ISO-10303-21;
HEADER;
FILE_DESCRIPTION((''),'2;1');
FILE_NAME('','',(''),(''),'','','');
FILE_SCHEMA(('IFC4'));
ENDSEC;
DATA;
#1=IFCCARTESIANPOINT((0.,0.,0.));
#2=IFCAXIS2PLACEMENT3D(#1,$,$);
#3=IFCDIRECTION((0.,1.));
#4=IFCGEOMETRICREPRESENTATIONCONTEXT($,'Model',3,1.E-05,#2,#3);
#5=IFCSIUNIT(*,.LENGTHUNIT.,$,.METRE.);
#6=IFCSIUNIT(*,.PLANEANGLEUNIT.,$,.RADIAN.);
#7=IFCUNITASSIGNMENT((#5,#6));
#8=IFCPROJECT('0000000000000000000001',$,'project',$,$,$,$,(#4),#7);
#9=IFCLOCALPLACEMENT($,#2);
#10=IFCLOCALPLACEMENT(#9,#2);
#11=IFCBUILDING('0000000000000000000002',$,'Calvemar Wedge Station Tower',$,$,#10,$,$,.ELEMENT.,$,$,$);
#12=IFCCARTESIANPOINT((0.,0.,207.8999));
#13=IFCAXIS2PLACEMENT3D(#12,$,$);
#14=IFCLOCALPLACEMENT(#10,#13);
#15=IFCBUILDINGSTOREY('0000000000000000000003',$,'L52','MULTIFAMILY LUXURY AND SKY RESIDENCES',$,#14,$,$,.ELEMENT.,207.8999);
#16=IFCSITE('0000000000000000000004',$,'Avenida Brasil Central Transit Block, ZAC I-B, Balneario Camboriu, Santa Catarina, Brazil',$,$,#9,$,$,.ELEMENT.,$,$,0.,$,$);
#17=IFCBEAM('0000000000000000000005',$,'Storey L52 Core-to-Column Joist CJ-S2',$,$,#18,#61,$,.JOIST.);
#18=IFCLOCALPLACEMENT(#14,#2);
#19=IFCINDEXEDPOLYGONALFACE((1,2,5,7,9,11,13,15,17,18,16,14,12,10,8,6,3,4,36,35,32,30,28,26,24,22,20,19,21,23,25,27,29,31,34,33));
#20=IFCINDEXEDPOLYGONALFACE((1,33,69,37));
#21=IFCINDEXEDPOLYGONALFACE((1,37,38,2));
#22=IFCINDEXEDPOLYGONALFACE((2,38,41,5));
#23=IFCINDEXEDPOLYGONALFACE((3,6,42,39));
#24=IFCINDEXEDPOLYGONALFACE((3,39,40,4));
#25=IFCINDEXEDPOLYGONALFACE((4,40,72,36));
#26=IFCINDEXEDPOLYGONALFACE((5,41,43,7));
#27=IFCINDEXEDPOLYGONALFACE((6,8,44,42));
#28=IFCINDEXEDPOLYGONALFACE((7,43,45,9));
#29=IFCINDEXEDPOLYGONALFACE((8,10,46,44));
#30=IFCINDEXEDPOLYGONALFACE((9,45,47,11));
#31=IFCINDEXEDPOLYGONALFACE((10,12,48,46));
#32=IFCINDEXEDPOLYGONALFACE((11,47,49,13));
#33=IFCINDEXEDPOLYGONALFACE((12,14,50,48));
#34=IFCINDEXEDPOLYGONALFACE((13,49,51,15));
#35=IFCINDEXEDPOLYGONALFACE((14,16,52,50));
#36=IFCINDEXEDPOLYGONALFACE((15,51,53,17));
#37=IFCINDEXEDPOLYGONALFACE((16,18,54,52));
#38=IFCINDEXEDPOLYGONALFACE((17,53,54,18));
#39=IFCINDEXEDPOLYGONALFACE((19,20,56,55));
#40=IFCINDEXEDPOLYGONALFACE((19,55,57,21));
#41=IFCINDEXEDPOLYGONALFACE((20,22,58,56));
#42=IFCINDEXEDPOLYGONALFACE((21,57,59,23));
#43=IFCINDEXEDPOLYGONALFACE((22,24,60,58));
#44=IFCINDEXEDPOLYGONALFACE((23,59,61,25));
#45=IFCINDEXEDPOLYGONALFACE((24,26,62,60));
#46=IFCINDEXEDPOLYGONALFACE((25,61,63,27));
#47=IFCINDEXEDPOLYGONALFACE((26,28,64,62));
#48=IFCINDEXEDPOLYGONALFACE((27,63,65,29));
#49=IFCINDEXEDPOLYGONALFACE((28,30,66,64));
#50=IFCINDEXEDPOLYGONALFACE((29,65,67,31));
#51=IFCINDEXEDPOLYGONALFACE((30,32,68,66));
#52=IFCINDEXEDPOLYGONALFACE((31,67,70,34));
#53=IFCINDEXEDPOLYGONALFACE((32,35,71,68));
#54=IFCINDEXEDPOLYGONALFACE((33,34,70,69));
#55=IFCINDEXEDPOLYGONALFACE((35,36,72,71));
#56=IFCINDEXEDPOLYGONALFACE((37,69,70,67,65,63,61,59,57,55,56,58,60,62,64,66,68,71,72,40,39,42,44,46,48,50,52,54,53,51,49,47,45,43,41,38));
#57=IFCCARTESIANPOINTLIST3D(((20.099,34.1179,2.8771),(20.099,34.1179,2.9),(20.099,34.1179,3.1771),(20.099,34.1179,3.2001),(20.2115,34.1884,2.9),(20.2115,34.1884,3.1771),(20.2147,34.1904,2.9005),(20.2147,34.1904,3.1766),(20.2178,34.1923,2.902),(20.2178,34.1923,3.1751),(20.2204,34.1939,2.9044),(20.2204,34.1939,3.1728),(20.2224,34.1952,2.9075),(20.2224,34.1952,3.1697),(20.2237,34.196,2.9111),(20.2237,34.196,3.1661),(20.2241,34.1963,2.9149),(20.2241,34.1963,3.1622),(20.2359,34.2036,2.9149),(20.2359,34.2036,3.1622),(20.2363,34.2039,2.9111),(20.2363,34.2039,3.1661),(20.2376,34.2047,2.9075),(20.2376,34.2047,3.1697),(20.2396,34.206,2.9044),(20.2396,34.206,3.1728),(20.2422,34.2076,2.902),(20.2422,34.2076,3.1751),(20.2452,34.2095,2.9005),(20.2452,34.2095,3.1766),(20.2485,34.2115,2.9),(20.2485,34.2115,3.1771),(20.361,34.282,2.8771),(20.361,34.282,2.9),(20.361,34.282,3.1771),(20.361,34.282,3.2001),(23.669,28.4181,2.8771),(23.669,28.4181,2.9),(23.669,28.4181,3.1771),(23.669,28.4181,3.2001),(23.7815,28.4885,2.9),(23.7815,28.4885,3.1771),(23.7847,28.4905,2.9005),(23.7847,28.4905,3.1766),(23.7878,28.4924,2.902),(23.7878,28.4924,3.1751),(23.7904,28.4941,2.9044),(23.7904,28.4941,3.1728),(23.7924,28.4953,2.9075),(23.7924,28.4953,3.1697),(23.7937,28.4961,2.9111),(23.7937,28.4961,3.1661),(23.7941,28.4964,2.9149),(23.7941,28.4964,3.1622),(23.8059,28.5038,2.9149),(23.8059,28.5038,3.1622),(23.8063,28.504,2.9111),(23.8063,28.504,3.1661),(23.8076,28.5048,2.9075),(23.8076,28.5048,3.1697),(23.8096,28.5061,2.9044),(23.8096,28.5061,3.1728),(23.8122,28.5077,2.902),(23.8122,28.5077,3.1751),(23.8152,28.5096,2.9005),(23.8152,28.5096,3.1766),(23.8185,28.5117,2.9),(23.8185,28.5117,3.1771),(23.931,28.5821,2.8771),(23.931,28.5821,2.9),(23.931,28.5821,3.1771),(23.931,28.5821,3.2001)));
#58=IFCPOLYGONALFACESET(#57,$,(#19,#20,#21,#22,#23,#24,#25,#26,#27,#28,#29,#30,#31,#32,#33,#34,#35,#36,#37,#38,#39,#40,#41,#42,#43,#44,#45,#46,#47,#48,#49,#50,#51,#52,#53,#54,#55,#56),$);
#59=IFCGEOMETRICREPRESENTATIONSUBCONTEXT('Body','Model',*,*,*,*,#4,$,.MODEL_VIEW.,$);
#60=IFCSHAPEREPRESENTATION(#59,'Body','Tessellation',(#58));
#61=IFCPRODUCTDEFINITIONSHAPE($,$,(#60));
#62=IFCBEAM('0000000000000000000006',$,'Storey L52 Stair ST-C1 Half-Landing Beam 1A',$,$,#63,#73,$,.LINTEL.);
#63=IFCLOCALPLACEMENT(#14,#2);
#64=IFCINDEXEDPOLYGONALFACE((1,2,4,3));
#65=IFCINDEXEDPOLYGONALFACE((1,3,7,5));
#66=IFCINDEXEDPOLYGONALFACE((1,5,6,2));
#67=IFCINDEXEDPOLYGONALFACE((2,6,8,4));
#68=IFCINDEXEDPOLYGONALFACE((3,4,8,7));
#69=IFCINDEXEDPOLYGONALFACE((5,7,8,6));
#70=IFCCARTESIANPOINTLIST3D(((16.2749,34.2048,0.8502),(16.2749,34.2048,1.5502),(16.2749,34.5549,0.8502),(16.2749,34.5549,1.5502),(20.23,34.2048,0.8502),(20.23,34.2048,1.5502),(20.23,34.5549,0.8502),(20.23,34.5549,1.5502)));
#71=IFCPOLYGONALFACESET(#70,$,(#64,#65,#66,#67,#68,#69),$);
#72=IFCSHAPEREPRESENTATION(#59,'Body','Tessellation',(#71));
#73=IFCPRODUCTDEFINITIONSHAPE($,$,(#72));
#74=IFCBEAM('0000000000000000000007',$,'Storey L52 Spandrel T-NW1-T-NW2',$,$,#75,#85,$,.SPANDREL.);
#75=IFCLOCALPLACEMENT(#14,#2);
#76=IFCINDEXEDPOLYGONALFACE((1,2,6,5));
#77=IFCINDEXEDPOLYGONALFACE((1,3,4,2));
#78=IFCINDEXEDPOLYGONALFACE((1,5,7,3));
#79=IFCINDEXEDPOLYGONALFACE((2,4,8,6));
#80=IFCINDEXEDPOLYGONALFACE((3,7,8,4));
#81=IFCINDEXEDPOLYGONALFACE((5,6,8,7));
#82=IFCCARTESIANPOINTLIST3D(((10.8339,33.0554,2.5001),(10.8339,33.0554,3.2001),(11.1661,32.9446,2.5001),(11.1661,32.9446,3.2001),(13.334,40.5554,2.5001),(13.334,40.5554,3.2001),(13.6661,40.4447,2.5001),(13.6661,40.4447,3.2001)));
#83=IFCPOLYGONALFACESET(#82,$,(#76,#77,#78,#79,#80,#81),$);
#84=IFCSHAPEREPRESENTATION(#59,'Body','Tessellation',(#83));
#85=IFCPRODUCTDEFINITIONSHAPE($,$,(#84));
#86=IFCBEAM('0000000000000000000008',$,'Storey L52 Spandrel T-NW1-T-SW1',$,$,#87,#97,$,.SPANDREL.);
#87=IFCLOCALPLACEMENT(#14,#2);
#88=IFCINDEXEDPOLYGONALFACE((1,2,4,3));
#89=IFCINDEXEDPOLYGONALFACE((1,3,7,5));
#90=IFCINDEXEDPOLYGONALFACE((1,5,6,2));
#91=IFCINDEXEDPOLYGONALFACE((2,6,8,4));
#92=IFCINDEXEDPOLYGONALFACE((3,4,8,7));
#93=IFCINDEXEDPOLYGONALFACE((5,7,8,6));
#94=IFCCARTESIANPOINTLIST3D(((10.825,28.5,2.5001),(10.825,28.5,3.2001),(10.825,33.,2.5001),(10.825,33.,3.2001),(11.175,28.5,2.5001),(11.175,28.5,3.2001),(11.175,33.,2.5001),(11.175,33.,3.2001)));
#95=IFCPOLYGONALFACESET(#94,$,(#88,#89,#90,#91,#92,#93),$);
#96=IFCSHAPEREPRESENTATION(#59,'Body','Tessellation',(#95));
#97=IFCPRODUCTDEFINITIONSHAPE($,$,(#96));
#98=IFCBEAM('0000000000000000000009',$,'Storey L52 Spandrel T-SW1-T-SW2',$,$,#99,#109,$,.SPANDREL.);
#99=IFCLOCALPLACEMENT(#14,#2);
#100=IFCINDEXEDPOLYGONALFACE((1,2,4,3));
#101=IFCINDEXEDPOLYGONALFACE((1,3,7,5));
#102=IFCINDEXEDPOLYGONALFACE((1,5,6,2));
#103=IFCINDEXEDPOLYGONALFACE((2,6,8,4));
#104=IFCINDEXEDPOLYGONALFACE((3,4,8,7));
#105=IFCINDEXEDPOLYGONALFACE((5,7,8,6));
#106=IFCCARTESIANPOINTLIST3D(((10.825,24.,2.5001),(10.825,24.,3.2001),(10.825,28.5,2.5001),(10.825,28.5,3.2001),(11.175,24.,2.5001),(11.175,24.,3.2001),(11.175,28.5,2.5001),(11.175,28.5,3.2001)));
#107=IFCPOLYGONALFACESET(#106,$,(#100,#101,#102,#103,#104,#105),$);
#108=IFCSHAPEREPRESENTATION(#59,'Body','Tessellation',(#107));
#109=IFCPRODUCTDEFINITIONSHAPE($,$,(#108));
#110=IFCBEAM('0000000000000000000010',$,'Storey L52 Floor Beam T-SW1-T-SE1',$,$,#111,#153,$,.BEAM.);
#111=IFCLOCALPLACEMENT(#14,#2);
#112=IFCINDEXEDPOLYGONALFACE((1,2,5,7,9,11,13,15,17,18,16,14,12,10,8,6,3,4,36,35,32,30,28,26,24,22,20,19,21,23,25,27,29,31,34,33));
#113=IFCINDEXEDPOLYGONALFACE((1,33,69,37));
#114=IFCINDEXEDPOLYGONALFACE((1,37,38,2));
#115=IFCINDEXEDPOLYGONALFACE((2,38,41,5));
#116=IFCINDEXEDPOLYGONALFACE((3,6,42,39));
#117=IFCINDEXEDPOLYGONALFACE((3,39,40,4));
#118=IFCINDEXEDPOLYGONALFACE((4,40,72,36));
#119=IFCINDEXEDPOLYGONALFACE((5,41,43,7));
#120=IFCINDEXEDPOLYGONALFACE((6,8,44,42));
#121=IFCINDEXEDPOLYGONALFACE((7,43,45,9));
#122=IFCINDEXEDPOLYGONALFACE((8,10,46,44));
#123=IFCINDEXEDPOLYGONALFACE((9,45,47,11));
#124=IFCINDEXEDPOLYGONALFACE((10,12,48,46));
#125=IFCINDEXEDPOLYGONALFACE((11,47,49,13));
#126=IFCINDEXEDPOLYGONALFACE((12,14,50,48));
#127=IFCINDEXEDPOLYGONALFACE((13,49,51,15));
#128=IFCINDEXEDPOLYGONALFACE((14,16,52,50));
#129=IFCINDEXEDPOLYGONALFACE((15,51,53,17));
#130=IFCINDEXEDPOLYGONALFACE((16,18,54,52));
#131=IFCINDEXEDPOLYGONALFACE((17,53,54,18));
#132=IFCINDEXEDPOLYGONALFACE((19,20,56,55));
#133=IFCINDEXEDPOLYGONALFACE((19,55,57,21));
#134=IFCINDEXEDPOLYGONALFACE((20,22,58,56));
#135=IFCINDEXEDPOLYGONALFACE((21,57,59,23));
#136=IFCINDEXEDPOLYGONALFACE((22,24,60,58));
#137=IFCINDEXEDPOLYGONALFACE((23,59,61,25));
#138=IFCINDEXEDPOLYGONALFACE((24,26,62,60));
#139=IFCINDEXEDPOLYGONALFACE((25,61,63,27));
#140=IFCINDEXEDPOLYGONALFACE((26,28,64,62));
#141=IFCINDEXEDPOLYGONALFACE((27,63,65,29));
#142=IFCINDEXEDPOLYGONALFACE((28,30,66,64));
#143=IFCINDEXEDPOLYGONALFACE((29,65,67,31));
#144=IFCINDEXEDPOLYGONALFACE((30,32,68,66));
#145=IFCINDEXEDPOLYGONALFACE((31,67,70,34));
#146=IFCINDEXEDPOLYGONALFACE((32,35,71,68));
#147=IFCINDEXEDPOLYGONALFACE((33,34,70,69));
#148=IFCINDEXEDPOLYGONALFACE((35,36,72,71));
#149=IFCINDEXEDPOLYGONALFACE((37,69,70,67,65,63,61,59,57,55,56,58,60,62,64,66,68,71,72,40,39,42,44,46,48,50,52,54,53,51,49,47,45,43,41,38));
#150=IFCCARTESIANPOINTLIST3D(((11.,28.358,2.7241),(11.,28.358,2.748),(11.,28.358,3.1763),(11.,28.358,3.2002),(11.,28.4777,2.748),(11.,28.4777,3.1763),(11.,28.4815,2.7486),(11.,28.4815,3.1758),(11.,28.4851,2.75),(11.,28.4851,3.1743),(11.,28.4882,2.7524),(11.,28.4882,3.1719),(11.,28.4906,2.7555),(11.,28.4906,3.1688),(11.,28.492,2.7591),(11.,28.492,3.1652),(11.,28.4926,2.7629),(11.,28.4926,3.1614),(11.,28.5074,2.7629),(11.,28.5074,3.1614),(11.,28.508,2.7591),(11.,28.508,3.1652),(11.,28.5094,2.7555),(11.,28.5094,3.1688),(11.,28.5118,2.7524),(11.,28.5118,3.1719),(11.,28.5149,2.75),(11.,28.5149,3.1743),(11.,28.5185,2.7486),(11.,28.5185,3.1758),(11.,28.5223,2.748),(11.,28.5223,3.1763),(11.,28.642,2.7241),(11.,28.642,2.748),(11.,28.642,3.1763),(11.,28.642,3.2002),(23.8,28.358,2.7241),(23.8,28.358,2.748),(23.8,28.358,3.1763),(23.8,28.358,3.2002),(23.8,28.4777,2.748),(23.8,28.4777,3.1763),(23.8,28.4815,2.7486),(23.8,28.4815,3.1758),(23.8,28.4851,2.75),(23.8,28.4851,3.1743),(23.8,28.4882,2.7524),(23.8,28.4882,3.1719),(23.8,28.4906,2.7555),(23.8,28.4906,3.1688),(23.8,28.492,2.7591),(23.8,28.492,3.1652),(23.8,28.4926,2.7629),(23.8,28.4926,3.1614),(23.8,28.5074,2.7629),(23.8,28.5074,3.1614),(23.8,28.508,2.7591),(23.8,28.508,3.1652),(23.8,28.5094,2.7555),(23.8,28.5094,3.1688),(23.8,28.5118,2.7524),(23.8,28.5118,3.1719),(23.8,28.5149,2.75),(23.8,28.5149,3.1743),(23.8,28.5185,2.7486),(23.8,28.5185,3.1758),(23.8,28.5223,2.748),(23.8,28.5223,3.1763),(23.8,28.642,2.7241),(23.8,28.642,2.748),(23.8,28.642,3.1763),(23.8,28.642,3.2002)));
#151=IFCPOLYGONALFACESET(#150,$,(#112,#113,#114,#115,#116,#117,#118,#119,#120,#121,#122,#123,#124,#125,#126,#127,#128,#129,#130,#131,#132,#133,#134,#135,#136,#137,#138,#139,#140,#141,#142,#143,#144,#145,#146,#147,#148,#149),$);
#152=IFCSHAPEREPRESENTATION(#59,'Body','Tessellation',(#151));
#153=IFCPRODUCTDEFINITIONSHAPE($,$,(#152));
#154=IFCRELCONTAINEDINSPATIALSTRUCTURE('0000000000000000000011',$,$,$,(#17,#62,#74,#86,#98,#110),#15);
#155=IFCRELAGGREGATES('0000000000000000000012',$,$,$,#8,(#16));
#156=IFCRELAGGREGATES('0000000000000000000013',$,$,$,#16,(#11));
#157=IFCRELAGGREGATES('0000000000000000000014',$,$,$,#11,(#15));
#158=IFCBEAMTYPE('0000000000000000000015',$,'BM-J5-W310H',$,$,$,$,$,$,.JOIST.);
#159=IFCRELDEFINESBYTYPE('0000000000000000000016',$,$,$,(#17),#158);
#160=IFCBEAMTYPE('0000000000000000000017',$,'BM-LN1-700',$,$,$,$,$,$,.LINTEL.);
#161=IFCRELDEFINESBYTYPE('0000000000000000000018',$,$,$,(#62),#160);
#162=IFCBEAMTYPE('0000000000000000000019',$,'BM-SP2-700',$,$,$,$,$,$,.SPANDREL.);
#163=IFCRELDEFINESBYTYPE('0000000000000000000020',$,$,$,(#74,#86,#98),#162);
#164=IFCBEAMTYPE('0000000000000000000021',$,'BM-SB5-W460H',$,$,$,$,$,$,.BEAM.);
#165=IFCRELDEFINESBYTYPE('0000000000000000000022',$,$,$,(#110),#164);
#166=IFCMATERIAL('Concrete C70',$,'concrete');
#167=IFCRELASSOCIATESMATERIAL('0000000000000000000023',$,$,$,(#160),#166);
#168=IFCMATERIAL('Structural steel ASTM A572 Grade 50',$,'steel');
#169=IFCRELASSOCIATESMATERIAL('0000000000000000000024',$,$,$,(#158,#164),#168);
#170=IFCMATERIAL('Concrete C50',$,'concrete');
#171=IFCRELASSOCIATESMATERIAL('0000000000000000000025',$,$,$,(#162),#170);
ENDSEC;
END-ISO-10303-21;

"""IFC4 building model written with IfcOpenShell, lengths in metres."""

from ifc_helpers import new_model, si_unit, direction, frame, origin, origin_2d, place, context, subcontext, project, spatial, rectangle, i_section, extrude, source, transform, mapped, material, material_profile, profile_set, type_object, element, save


model = new_model("IFC4")

# Units and contexts
model_context = context("Model", 3, precision=1e-05, world=origin(), true_north=direction((0.0, 1.0)))
body_context = subcontext(model_context, "Body", "Model", "MODEL_VIEW")
ifc_project = project(units=[si_unit("LENGTHUNIT", "METRE"), si_unit("PLANEANGLEUNIT", "RADIAN")], contexts=[model_context])

# Site, building, storey
site_placement = place(None, origin())
site = spatial("IfcSite", under=ifc_project, at=site_placement, Name="Avenida Brasil Central Transit Block, ZAC I-B, Balneario Camboriu, Santa Catarina, Brazil", CompositionType="ELEMENT", RefElevation=0.0)
building_placement = place(site_placement, origin())
building = spatial("IfcBuilding", under=site, at=building_placement, Name="Calvemar Wedge Station Tower", CompositionType="ELEMENT")
storey_placement = place(building_placement, frame((0.0, 0.0, 207.8999)))
storey = spatial("IfcBuildingStorey", under=building, at=storey_placement, Name="L52", Description="MULTIFAMILY LUXURY AND SKY RESIDENCES", CompositionType="ELEMENT", Elevation=207.8999)

# Shared definitions
ifc_material_1 = material(Name="Concrete C50", Category="concrete")

# Beams
ifc_material_2 = material(Name="Concrete C70", Category="concrete")
ifc_material_profile_1 = material_profile(ifc_material_2, rectangle(XDim=0.3501, YDim=0.7, at=origin_2d()), Name="RC350x700")
ifc_profile_set_1 = profile_set([ifc_material_profile_1], Name="Concrete C70")
beam_type_1 = type_object("IfcBeamType", Name="BM-LN1-700", PredefinedType="LINTEL", material=ifc_profile_set_1)
ifc_material_3 = material(Name="Structural steel ASTM A572 Grade 50", Category="steel")
ifc_material_profile_2 = material_profile(ifc_material_3, i_section(OverallWidth=0.3091, OverallDepth=0.323, WebThickness=0.0139, FlangeThickness=0.0229, FilletRadius=0.0149, at=origin_2d()), Name="W310x143")
ifc_profile_set_2 = profile_set([ifc_material_profile_2], Name="Structural steel ASTM A572 Grade 50")
beam_type_2 = type_object("IfcBeamType", Name="BM-J5-W310H", PredefinedType="JOIST", material=ifc_profile_set_2)
shared_shape_1 = source(origin(), body_context, "Body", "SweptSolid", [
    extrude(i_section(OverallWidth=0.3091, OverallDepth=0.323, WebThickness=0.0139, FlangeThickness=0.0229, FilletRadius=0.0149, at=origin_2d()), origin(), (0.0, 0.0, 1.0), 6.7256),
])
beam_1_placement = place(storey_placement, frame((20.23, 34.2, 3.0386), z_axis=(0.530811, -0.84749, 0.0), x_axis=(0.84749, 0.530811, 0.0)))
element("IfcBeam", 1, at=beam_1_placement, inside=storey, type_object=beam_type_2, Name="Storey L52 Core-to-Column Joist CJ-S2", PredefinedType="JOIST", context=body_context, shape_type="MappedRepresentation", body=[
    mapped(shared_shape_1, transform((0.0, 0.0, 0.0), scale=1.0)),
])
shared_shape_2 = source(origin(), body_context, "Body", "SweptSolid", [
    extrude(rectangle(XDim=0.3501, YDim=0.7, at=origin_2d()), origin(), (0.0, 0.0, 1.0), 3.9551),
])
beam_2_placement = place(storey_placement, frame((16.2749, 34.3799, 1.2002), z_axis=(1.0, 0.0, 0.0), x_axis=(0.0, 1.0, 0.0)))
element("IfcBeam", 2, at=beam_2_placement, inside=storey, type_object=beam_type_1, Name="Storey L52 Stair ST-C1 Half-Landing Beam 1A", PredefinedType="LINTEL", context=body_context, shape_type="MappedRepresentation", body=[
    mapped(shared_shape_2, transform((0.0, 0.0, 0.0), scale=1.0)),
])
ifc_material_profile_3 = material_profile(ifc_material_1, rectangle(XDim=0.3501, YDim=0.7, at=origin_2d()), Name="RC350x700")
ifc_profile_set_3 = profile_set([ifc_material_profile_3], Name="Concrete C50")
beam_type_3 = type_object("IfcBeamType", Name="BM-SP2-700", PredefinedType="SPANDREL", material=ifc_profile_set_3)
shared_shape_3 = source(origin(), body_context, "Body", "SweptSolid", [
    extrude(rectangle(XDim=0.3501, YDim=0.7, at=origin_2d()), origin(), (0.0, 0.0, 1.0), 7.9058),
])
beam_3_placement = place(storey_placement, frame((11.0, 33.0, 2.8501), z_axis=(0.316228, 0.948683, 0.0), x_axis=(-0.948683, 0.316228, 0.0)))
element("IfcBeam", 3, at=beam_3_placement, inside=storey, type_object=beam_type_3, Name="Storey L52 Spandrel T-NW1-T-NW2", PredefinedType="SPANDREL", context=body_context, shape_type="MappedRepresentation", body=[
    mapped(shared_shape_3, transform((0.0, 0.0, 0.0), scale=1.0)),
])
shared_shape_4 = source(origin(), body_context, "Body", "SweptSolid", [
    extrude(rectangle(XDim=0.3501, YDim=0.7, at=origin_2d()), origin(), (0.0, 0.0, 1.0), 4.5),
])
for number, where, z_axis, x_axis, name in (
    (4, (11.0, 33.0, 2.8501), (0.0, -1.0, 0.0), (1.0, 0.0, 0.0), "Storey L52 Spandrel T-NW1-T-SW1"),
    (5, (11.0, 28.5, 2.8501), (0.0, -1.0, 0.0), (1.0, 0.0, 0.0), "Storey L52 Spandrel T-SW1-T-SW2"),
):
    element("IfcBeam", number, at=place(storey_placement, frame(where, z_axis=z_axis, x_axis=x_axis)), inside=storey, type_object=beam_type_3, Name=name, PredefinedType="SPANDREL", context=body_context, shape_type="MappedRepresentation", body=[
        mapped(shared_shape_4, transform((0.0, 0.0, 0.0), scale=1.0)),
    ])
ifc_material_profile_4 = material_profile(ifc_material_3, i_section(OverallWidth=0.2839, OverallDepth=0.4761, WebThickness=0.0149, FlangeThickness=0.0239, FilletRadius=0.0149, at=origin_2d()), Name="W460x158")
ifc_profile_set_4 = profile_set([ifc_material_profile_4], Name="Structural steel ASTM A572 Grade 50")
beam_type_4 = type_object("IfcBeamType", Name="BM-SB5-W460H", PredefinedType="BEAM", material=ifc_profile_set_4)
shared_shape_5 = source(origin(), body_context, "Body", "SweptSolid", [
    extrude(i_section(OverallWidth=0.2839, OverallDepth=0.4761, WebThickness=0.0149, FlangeThickness=0.0239, FilletRadius=0.0149, at=origin_2d()), origin(), (0.0, 0.0, 1.0), 12.8),
])
for number, where, z_axis, x_axis, name in (
    (6, (11.0, 28.5, 2.9622), (1.0, 0.0, 0.0), (0.0, 1.0, 0.0), "Storey L52 Floor Beam T-SW1-T-SE1"),
):
    element("IfcBeam", number, at=place(storey_placement, frame(where, z_axis=z_axis, x_axis=x_axis)), inside=storey, type_object=beam_type_4, Name=name, PredefinedType="BEAM", context=body_context, shape_type="MappedRepresentation", body=[
        mapped(shared_shape_5, transform((0.0, 0.0, 0.0), scale=1.0)),
    ])

save(model, "model.ifc")
